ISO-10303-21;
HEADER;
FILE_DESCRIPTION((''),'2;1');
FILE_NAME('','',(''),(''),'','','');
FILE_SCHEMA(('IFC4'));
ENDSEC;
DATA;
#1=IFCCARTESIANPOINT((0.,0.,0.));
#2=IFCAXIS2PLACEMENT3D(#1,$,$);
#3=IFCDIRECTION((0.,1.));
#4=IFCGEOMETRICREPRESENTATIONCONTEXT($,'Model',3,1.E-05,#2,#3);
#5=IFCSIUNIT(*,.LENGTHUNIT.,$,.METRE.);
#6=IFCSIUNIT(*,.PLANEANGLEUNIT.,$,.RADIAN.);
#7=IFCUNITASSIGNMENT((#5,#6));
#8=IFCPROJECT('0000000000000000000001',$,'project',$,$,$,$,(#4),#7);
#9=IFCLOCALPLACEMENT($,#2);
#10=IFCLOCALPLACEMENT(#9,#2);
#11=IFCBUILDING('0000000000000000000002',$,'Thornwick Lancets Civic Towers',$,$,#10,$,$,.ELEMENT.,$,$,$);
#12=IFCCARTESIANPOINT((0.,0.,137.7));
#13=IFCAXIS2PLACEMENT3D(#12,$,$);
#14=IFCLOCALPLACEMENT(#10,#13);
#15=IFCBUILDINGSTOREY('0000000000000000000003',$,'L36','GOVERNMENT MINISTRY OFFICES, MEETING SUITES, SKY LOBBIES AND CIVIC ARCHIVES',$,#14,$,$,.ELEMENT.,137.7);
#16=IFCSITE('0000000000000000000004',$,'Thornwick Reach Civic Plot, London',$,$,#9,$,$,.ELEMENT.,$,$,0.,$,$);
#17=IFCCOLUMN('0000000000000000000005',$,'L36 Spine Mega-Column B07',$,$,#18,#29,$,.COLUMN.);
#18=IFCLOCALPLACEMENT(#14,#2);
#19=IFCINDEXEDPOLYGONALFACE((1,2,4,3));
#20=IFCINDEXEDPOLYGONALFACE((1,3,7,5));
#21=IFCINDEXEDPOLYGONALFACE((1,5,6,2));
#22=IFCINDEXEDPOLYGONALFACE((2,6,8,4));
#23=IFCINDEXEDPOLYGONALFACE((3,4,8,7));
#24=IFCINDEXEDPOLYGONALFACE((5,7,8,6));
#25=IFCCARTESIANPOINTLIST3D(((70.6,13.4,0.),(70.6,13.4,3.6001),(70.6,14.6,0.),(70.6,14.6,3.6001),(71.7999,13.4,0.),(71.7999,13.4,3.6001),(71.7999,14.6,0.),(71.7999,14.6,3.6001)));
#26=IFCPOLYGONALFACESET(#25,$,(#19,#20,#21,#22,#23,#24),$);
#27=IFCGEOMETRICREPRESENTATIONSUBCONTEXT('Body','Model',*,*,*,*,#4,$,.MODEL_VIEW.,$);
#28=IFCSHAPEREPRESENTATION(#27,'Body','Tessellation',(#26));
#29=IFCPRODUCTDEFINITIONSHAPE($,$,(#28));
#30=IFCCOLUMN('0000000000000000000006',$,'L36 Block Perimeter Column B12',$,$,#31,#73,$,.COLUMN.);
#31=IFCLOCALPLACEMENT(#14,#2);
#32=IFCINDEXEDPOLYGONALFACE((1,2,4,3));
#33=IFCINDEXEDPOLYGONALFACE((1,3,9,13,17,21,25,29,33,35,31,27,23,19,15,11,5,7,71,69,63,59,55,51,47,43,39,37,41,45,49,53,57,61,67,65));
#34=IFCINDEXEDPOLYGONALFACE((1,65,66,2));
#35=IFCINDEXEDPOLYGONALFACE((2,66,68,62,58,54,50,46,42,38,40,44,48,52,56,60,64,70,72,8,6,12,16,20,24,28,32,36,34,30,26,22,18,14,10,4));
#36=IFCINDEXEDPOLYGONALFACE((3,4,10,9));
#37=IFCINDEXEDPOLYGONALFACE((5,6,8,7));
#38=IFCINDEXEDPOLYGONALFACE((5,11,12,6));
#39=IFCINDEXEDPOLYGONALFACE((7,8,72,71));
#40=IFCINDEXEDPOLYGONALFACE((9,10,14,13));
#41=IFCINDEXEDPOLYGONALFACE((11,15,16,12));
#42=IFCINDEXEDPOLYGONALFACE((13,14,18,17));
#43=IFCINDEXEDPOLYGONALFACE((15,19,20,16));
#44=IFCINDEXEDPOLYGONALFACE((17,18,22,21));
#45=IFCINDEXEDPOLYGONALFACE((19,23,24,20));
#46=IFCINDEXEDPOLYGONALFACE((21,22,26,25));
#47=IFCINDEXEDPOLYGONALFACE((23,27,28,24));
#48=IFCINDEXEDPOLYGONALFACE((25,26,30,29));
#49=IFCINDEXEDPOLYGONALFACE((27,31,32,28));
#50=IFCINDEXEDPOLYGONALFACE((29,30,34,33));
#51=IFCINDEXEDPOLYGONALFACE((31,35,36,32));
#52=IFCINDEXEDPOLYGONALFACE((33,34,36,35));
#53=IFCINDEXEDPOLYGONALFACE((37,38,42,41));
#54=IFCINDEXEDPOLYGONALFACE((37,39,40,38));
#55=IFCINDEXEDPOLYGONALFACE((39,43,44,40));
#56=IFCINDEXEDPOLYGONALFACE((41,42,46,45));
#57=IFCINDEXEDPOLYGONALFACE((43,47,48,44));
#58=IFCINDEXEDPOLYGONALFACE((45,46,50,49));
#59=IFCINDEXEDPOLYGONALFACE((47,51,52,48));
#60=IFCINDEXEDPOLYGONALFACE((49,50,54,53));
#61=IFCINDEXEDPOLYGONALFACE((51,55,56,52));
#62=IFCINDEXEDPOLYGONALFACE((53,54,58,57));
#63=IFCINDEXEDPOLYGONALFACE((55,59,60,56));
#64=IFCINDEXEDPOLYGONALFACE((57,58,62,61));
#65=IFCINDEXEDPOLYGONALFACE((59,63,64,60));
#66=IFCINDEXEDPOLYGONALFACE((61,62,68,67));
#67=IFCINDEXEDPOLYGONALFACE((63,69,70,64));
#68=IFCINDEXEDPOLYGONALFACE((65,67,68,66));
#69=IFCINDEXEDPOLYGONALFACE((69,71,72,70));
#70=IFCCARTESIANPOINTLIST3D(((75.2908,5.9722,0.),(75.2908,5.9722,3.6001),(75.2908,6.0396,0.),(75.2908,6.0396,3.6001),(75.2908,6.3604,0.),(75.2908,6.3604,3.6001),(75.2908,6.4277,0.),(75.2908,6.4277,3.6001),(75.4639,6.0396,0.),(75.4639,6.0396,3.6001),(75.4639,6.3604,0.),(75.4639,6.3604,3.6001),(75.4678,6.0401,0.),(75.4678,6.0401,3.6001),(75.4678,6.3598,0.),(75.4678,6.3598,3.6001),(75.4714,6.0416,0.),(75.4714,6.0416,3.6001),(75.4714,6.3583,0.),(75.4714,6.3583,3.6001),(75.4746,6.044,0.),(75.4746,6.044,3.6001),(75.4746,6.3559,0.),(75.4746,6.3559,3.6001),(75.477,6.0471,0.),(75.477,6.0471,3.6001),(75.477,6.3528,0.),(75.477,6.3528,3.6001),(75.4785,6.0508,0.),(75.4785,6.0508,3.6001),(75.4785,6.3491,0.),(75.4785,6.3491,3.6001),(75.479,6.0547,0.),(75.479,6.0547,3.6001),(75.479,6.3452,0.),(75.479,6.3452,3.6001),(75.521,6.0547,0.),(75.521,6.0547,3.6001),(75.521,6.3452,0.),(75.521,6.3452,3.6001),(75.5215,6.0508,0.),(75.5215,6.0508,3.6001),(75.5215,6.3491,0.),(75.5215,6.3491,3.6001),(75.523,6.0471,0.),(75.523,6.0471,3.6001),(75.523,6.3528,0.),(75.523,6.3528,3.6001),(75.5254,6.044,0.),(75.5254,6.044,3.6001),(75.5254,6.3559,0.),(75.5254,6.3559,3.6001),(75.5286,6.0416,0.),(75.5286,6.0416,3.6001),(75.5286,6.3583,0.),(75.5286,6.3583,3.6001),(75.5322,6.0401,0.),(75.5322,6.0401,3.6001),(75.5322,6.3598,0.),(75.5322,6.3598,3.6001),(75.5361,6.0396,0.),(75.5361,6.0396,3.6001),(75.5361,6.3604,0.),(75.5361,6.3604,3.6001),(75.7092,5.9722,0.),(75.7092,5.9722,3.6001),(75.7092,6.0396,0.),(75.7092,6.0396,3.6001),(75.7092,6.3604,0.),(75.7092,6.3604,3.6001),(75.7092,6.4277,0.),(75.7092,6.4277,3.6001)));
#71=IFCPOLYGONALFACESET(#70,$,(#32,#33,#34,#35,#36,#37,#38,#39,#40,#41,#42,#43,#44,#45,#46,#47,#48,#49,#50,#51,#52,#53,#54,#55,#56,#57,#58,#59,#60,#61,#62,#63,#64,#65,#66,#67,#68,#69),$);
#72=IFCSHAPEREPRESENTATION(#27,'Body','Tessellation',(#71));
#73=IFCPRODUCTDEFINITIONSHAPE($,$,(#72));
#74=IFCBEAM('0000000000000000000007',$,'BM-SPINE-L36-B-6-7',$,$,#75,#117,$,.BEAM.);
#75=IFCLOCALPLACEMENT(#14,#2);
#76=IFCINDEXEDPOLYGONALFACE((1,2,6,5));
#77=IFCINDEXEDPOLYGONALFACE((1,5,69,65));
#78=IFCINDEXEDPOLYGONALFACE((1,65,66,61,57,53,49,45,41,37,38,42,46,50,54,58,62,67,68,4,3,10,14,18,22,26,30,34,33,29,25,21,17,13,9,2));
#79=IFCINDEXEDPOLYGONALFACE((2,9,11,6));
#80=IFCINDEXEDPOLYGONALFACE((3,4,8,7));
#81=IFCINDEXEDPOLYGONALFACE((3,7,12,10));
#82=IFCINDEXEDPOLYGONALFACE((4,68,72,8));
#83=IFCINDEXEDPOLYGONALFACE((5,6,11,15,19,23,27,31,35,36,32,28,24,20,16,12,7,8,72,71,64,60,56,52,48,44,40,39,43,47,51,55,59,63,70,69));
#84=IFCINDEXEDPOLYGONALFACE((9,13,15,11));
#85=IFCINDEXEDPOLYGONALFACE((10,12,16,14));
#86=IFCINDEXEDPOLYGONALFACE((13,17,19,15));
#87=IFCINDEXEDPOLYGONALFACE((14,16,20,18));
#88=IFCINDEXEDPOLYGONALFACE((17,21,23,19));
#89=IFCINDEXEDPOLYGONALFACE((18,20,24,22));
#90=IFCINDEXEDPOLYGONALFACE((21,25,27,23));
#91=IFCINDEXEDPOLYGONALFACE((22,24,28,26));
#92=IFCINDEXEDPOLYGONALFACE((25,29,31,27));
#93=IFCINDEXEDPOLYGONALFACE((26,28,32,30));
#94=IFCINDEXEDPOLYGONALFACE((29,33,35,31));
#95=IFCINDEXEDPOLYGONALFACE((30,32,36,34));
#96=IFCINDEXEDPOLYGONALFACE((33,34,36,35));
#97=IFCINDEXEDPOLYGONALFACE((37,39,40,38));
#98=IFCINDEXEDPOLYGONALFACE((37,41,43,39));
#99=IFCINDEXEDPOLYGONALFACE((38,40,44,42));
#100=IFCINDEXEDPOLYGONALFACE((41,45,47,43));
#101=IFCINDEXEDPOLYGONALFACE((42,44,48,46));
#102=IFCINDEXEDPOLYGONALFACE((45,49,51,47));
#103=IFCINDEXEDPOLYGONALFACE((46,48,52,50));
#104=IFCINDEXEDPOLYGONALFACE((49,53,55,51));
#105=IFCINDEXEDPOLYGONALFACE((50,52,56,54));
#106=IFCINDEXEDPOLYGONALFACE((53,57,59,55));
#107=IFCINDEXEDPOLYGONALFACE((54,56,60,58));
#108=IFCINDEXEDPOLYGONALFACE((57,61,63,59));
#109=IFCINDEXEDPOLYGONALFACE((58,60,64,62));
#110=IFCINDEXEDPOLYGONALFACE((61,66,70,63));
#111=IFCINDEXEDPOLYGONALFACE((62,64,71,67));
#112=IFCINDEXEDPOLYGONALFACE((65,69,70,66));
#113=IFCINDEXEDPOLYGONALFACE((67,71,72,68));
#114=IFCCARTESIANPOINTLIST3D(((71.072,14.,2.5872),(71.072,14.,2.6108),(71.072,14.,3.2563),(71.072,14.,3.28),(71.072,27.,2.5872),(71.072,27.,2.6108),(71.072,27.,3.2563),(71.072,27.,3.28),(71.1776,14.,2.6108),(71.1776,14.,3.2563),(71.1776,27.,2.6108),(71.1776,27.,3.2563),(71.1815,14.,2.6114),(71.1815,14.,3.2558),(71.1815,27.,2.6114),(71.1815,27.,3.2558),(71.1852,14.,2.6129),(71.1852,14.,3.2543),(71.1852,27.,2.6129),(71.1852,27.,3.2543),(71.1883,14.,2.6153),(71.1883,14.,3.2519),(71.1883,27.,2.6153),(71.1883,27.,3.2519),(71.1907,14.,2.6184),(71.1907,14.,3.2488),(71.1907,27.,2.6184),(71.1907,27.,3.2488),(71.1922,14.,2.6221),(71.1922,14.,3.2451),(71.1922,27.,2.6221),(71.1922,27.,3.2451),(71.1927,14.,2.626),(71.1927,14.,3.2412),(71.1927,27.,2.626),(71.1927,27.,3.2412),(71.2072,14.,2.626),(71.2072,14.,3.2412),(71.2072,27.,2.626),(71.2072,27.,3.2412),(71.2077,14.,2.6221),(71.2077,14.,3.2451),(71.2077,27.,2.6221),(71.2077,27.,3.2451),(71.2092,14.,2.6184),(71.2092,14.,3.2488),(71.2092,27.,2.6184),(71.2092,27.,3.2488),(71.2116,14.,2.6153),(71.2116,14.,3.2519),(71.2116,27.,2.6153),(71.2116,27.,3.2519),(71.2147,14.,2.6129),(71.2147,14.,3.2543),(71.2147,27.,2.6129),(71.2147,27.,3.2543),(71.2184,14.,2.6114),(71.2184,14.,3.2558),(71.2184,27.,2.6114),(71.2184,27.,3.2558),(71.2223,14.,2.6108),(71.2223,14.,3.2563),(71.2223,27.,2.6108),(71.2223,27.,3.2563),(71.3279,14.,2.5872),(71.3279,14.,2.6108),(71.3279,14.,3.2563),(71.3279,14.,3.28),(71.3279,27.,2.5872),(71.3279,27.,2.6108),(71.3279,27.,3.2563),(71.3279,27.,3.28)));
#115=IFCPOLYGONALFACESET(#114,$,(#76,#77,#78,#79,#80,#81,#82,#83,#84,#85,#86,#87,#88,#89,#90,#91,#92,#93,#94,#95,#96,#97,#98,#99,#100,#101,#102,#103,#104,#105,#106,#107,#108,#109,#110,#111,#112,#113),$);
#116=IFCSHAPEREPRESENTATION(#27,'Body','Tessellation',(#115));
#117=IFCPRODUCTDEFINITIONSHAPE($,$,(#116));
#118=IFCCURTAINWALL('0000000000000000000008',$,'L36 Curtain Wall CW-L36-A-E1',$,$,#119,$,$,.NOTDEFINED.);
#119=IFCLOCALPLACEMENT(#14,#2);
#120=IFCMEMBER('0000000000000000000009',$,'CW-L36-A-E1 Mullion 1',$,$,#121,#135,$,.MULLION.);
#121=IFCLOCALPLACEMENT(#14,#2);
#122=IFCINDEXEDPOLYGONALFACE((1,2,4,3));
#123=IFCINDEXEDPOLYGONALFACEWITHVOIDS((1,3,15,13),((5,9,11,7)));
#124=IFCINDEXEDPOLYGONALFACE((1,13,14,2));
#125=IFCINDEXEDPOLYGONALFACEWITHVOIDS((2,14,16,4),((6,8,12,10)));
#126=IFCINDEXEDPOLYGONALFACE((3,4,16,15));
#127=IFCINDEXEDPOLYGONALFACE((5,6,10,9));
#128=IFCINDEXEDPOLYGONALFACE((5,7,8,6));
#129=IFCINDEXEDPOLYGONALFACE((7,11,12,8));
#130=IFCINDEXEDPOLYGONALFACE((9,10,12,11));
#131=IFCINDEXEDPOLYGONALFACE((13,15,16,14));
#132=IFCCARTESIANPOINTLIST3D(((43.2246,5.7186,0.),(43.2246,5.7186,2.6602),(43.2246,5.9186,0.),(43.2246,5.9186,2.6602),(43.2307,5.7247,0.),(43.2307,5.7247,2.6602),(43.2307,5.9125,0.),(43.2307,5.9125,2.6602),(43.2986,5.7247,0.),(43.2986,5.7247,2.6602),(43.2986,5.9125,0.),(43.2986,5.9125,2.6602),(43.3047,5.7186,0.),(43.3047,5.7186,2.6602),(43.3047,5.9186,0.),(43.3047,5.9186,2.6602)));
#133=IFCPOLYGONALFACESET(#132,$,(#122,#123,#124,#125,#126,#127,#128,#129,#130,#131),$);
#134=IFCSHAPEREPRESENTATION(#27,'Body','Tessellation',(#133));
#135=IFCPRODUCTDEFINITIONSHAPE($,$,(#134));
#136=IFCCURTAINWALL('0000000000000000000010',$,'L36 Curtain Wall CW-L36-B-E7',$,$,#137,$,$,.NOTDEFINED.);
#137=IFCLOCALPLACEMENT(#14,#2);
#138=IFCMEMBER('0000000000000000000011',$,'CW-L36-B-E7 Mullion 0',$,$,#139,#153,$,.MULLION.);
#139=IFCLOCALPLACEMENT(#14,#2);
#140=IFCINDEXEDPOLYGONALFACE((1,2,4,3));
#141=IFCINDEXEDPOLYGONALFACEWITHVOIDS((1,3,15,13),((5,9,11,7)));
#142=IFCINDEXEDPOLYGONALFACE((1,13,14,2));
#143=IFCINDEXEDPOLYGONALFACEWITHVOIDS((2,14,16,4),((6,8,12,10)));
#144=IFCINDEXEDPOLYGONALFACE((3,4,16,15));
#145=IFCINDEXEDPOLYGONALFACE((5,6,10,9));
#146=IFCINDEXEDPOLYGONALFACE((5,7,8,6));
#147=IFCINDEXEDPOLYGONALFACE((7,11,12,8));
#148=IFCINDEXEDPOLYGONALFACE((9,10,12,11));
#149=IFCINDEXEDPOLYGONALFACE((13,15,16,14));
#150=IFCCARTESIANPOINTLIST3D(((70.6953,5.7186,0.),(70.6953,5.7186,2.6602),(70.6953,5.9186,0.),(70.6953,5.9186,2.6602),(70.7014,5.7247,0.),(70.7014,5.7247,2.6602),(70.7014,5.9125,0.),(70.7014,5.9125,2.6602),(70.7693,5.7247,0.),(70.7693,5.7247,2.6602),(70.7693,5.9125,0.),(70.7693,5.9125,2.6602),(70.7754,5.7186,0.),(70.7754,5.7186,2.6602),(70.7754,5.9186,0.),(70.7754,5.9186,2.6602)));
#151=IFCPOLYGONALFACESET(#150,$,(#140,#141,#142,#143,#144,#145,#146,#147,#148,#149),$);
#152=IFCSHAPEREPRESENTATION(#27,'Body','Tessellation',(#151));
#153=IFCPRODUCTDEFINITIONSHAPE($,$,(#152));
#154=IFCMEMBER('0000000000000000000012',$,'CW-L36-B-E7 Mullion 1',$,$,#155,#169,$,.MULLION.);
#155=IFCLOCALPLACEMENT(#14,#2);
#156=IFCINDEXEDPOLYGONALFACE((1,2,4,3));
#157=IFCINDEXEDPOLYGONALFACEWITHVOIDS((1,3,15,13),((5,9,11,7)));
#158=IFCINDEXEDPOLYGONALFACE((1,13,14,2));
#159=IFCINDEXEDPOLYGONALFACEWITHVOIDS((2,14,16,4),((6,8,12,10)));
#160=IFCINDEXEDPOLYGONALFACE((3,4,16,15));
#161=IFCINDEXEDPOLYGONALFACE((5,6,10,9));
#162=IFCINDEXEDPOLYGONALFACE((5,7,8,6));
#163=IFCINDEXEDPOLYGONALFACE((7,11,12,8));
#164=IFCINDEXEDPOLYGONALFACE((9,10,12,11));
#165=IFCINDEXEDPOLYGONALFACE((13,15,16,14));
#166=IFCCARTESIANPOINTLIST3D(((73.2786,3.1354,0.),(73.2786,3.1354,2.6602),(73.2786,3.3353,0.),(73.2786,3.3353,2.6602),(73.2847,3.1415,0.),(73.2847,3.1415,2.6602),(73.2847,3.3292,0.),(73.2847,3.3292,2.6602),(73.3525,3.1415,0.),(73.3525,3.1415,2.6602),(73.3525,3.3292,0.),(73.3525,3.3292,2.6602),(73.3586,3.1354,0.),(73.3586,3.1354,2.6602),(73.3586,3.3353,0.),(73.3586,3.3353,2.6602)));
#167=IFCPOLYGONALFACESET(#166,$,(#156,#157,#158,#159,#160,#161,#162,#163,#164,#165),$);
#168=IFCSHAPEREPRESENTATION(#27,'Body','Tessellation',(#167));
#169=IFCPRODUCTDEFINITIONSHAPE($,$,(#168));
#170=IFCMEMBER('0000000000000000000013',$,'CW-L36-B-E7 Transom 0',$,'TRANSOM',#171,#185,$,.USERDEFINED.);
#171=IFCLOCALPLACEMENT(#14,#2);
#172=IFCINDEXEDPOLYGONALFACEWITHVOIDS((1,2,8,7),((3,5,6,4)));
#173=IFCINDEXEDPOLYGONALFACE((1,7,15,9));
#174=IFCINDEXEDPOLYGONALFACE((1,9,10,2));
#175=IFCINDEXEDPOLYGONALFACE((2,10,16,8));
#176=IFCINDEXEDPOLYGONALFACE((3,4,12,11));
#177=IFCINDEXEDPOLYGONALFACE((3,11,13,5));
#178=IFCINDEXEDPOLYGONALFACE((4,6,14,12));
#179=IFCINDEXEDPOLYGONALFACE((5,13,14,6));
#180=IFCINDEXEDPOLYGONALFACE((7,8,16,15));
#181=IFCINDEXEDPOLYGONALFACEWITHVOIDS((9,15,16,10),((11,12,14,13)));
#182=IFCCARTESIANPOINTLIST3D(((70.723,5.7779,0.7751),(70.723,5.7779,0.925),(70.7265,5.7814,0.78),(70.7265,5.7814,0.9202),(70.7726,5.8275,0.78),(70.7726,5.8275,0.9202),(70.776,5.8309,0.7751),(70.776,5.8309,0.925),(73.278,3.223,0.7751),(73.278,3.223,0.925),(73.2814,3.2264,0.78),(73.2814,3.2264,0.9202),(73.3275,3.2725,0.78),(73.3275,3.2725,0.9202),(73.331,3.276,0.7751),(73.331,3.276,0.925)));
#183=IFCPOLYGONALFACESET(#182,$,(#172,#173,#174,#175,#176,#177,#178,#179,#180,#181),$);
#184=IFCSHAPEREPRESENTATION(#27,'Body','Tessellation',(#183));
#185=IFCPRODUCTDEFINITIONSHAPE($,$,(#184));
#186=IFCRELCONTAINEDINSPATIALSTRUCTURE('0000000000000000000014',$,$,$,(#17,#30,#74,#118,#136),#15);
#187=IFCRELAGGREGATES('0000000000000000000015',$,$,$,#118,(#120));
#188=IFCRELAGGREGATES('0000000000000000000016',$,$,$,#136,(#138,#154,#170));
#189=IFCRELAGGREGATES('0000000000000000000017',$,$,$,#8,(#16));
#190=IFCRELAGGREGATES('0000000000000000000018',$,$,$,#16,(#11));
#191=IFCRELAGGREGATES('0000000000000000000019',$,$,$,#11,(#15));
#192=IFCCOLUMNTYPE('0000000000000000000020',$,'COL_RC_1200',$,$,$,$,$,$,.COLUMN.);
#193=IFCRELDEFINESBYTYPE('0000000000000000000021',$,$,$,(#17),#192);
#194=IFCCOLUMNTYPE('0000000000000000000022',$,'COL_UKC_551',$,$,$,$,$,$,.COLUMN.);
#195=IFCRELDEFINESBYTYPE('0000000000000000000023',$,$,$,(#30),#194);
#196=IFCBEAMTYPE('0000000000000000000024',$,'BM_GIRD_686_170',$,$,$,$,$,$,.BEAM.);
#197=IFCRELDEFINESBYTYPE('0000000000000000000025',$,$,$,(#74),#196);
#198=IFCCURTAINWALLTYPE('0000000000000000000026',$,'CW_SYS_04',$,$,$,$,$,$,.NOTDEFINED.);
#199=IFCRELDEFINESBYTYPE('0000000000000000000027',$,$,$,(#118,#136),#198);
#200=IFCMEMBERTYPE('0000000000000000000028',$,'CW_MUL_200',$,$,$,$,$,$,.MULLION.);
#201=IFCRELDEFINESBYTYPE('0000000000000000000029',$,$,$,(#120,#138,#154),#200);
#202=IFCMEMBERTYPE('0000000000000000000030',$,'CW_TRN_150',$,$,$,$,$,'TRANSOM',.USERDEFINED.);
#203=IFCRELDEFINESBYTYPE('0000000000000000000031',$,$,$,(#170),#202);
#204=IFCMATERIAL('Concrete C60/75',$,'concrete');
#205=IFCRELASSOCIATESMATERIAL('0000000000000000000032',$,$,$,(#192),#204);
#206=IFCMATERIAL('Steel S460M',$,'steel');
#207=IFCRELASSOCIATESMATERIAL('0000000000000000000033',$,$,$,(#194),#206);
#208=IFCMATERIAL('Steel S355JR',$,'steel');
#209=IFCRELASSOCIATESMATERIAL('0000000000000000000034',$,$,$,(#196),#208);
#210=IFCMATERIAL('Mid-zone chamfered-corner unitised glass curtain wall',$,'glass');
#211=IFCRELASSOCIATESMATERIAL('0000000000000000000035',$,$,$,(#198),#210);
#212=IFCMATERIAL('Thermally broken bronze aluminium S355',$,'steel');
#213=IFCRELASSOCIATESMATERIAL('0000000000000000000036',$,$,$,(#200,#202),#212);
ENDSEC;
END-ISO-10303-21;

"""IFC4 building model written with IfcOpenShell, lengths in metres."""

from ifc_helpers import new_model, si_unit, direction, frame, origin, origin_2d, place, context, subcontext, project, spatial, rectangle, hollow_rectangle, i_section, extrude, material, material_profile, profile_set, type_object, element, aggregate, save


model = new_model("IFC4")

# Units and contexts
model_context = context("Model", 3, precision=1e-05, world=origin(), true_north=direction((0.0, 1.0)))
body_context = subcontext(model_context, "Body", "Model", "MODEL_VIEW")
ifc_project = project(units=[si_unit("LENGTHUNIT", "METRE"), si_unit("PLANEANGLEUNIT", "RADIAN")], contexts=[model_context])

# Site, building, storey
site_placement = place(None, origin())
site = spatial("IfcSite", under=ifc_project, at=site_placement, Name="Thornwick Reach Civic Plot, London", CompositionType="ELEMENT", RefElevation=0.0)
building_placement = place(site_placement, origin())
building = spatial("IfcBuilding", under=site, at=building_placement, Name="Thornwick Lancets Civic Towers", CompositionType="ELEMENT")
storey_placement = place(building_placement, frame((0.0, 0.0, 137.7)))
storey = spatial("IfcBuildingStorey", under=building, at=storey_placement, Name="L36", Description="GOVERNMENT MINISTRY OFFICES, MEETING SUITES, SKY LOBBIES AND CIVIC ARCHIVES", CompositionType="ELEMENT", Elevation=137.7)

# Columns
ifc_material_1 = material(Name="Concrete C60/75", Category="concrete")
ifc_material_profile_1 = material_profile(ifc_material_1, rectangle(XDim=1.2, YDim=1.2, at=origin_2d()), Name="RC 1200x1200")
ifc_profile_set_1 = profile_set([ifc_material_profile_1], Name="Concrete C60/75")
column_type_1 = type_object("IfcColumnType", Name="COL_RC_1200", PredefinedType="COLUMN", material=ifc_profile_set_1)
column_1_placement = place(storey_placement, frame((71.2, 14.0, 0.0), z_axis=(0.0, 0.0, 1.0), x_axis=(1.0, 0.0, 0.0)))
element("IfcColumn", 1, at=column_1_placement, inside=storey, type_object=column_type_1, Name="L36 Spine Mega-Column B07", PredefinedType="COLUMN", context=body_context, shape_type="SweptSolid", body=[
    extrude(rectangle(XDim=1.2, YDim=1.2, at=origin_2d()), origin(), (0.0, 0.0, 1.0), 3.6001),
])
ifc_material_2 = material(Name="Steel S460M", Category="steel")
ifc_material_profile_2 = material_profile(ifc_material_2, i_section(OverallWidth=0.4185, OverallDepth=0.4556, WebThickness=0.042, FlangeThickness=0.0674, FilletRadius=0.0151, at=origin_2d()), Name="UKC 356x406x551")
ifc_profile_set_2 = profile_set([ifc_material_profile_2], Name="Steel S460M")
column_type_2 = type_object("IfcColumnType", Name="COL_UKC_551", PredefinedType="COLUMN", material=ifc_profile_set_2)
column_2_placement = place(storey_placement, frame((75.5, 6.2, 0.0), z_axis=(0.0, 0.0, 1.0), x_axis=(1.0, 0.0, 0.0)))
element("IfcColumn", 2, at=column_2_placement, inside=storey, type_object=column_type_2, Name="L36 Block Perimeter Column B12", PredefinedType="COLUMN", context=body_context, shape_type="SweptSolid", body=[
    extrude(i_section(OverallWidth=0.4185, OverallDepth=0.4556, WebThickness=0.042, FlangeThickness=0.0674, FilletRadius=0.0151, at=origin_2d()), origin(), (0.0, 0.0, 1.0), 3.6001),
])

# Beam
ifc_material_3 = material(Name="Steel S355JR", Category="steel")
ifc_material_profile_3 = material_profile(ifc_material_3, i_section(OverallWidth=0.2559, OverallDepth=0.6929, WebThickness=0.0144, FlangeThickness=0.0237, FilletRadius=0.0151, at=origin_2d()), Name="UKB 686x254x170")
ifc_profile_set_3 = profile_set([ifc_material_profile_3], Name="Steel S355JR")
beam_type = type_object("IfcBeamType", Name="BM_GIRD_686_170", PredefinedType="BEAM", material=ifc_profile_set_3)
beam_placement = place(storey_placement, frame((71.2, 14.0, 2.9336), z_axis=(0.0, 1.0, 0.0), x_axis=(-1.0, 0.0, 0.0)))
element("IfcBeam", 3, at=beam_placement, inside=storey, type_object=beam_type, Name="BM-SPINE-L36-B-6-7", PredefinedType="BEAM", context=body_context, shape_type="SweptSolid", body=[
    extrude(i_section(OverallWidth=0.2559, OverallDepth=0.6929, WebThickness=0.0144, FlangeThickness=0.0237, FilletRadius=0.0151, at=origin_2d()), origin(), (0.0, 0.0, 1.0), 13.0),
])

# Curtain wall, member
ifc_material_4 = material(Name="Mid-zone chamfered-corner unitised glass curtain wall", Category="glass")
curtain_wall_type = type_object("IfcCurtainWallType", Name="CW_SYS_04", PredefinedType="NOTDEFINED", material=ifc_material_4)
curtain_wall_1_placement = place(storey_placement, origin())
curtain_wall_1 = element("IfcCurtainWall", 4, at=curtain_wall_1_placement, inside=storey, type_object=curtain_wall_type, Name="L36 Curtain Wall CW-L36-A-E1", PredefinedType="NOTDEFINED")
ifc_material_5 = material(Name="Thermally broken bronze aluminium S355", Category="steel")
ifc_material_profile_4 = material_profile(ifc_material_5, hollow_rectangle(XDim=0.0801, YDim=0.2, WallThickness=0.0061, at=origin_2d()), Name="RHS 200x80x6")
ifc_profile_set_4 = profile_set([ifc_material_profile_4], Name="Thermally broken bronze aluminium S355")
member_type_1 = type_object("IfcMemberType", Name="CW_MUL_200", PredefinedType="MULLION", material=ifc_profile_set_4)
member_1_placement = place(storey_placement, frame((43.2646, 5.8186, 0.0), z_axis=(0.0, 0.0, 1.0), x_axis=(1.0, 0.0, 0.0)))
member_1 = element("IfcMember", 5, at=member_1_placement, type_object=member_type_1, Name="CW-L36-A-E1 Mullion 1", PredefinedType="MULLION", context=body_context, shape_type="SweptSolid", body=[
    extrude(hollow_rectangle(XDim=0.0801, YDim=0.2, WallThickness=0.0061, at=origin_2d()), origin(), (0.0, 0.0, 1.0), 2.6602),
])
aggregate(curtain_wall_1, [member_1])

# Curtain wall, members
curtain_wall_2_placement = place(storey_placement, origin())
curtain_wall_2 = element("IfcCurtainWall", 6, at=curtain_wall_2_placement, inside=storey, type_object=curtain_wall_type, Name="L36 Curtain Wall CW-L36-B-E7", PredefinedType="NOTDEFINED")
member_2_placement = place(storey_placement, frame((70.7354, 5.8186, 0.0), z_axis=(0.0, 0.0, 1.0), x_axis=(1.0, 0.0, 0.0)))
member_2 = element("IfcMember", 7, at=member_2_placement, type_object=member_type_1, Name="CW-L36-B-E7 Mullion 0", PredefinedType="MULLION", context=body_context, shape_type="SweptSolid", body=[
    extrude(hollow_rectangle(XDim=0.0801, YDim=0.2, WallThickness=0.0061, at=origin_2d()), origin(), (0.0, 0.0, 1.0), 2.6602),
])
member_3_placement = place(storey_placement, frame((73.3186, 3.2354, 0.0), z_axis=(0.0, 0.0, 1.0), x_axis=(1.0, 0.0, 0.0)))
member_3 = element("IfcMember", 8, at=member_3_placement, type_object=member_type_1, Name="CW-L36-B-E7 Mullion 1", PredefinedType="MULLION", context=body_context, shape_type="SweptSolid", body=[
    extrude(hollow_rectangle(XDim=0.0801, YDim=0.2, WallThickness=0.0061, at=origin_2d()), origin(), (0.0, 0.0, 1.0), 2.6602),
])
ifc_material_profile_5 = material_profile(ifc_material_5, hollow_rectangle(XDim=0.075, YDim=0.1499, WallThickness=0.0049, at=origin_2d()), Name="RHS 150x75x5")
ifc_profile_set_5 = profile_set([ifc_material_profile_5], Name="Thermally broken bronze aluminium S355")
member_type_2 = type_object("IfcMemberType", Name="CW_TRN_150", ElementType="TRANSOM", PredefinedType="USERDEFINED", material=ifc_profile_set_5)
member_4_placement = place(storey_placement, frame((70.7495, 5.8044, 0.8501), z_axis=(0.707107, -0.707107, 0.0), x_axis=(0.707107, 0.707107, 0.0)))
member_4 = element("IfcMember", 9, at=member_4_placement, type_object=member_type_2, Name="CW-L36-B-E7 Transom 0", ObjectType="TRANSOM", PredefinedType="USERDEFINED", context=body_context, shape_type="SweptSolid", body=[
    extrude(hollow_rectangle(XDim=0.075, YDim=0.1499, WallThickness=0.0049, at=origin_2d()), origin(), (0.0, 0.0, 1.0), 3.6133),
])
aggregate(curtain_wall_2, [member_2, member_3, member_4])

save(model, "model.ifc")
